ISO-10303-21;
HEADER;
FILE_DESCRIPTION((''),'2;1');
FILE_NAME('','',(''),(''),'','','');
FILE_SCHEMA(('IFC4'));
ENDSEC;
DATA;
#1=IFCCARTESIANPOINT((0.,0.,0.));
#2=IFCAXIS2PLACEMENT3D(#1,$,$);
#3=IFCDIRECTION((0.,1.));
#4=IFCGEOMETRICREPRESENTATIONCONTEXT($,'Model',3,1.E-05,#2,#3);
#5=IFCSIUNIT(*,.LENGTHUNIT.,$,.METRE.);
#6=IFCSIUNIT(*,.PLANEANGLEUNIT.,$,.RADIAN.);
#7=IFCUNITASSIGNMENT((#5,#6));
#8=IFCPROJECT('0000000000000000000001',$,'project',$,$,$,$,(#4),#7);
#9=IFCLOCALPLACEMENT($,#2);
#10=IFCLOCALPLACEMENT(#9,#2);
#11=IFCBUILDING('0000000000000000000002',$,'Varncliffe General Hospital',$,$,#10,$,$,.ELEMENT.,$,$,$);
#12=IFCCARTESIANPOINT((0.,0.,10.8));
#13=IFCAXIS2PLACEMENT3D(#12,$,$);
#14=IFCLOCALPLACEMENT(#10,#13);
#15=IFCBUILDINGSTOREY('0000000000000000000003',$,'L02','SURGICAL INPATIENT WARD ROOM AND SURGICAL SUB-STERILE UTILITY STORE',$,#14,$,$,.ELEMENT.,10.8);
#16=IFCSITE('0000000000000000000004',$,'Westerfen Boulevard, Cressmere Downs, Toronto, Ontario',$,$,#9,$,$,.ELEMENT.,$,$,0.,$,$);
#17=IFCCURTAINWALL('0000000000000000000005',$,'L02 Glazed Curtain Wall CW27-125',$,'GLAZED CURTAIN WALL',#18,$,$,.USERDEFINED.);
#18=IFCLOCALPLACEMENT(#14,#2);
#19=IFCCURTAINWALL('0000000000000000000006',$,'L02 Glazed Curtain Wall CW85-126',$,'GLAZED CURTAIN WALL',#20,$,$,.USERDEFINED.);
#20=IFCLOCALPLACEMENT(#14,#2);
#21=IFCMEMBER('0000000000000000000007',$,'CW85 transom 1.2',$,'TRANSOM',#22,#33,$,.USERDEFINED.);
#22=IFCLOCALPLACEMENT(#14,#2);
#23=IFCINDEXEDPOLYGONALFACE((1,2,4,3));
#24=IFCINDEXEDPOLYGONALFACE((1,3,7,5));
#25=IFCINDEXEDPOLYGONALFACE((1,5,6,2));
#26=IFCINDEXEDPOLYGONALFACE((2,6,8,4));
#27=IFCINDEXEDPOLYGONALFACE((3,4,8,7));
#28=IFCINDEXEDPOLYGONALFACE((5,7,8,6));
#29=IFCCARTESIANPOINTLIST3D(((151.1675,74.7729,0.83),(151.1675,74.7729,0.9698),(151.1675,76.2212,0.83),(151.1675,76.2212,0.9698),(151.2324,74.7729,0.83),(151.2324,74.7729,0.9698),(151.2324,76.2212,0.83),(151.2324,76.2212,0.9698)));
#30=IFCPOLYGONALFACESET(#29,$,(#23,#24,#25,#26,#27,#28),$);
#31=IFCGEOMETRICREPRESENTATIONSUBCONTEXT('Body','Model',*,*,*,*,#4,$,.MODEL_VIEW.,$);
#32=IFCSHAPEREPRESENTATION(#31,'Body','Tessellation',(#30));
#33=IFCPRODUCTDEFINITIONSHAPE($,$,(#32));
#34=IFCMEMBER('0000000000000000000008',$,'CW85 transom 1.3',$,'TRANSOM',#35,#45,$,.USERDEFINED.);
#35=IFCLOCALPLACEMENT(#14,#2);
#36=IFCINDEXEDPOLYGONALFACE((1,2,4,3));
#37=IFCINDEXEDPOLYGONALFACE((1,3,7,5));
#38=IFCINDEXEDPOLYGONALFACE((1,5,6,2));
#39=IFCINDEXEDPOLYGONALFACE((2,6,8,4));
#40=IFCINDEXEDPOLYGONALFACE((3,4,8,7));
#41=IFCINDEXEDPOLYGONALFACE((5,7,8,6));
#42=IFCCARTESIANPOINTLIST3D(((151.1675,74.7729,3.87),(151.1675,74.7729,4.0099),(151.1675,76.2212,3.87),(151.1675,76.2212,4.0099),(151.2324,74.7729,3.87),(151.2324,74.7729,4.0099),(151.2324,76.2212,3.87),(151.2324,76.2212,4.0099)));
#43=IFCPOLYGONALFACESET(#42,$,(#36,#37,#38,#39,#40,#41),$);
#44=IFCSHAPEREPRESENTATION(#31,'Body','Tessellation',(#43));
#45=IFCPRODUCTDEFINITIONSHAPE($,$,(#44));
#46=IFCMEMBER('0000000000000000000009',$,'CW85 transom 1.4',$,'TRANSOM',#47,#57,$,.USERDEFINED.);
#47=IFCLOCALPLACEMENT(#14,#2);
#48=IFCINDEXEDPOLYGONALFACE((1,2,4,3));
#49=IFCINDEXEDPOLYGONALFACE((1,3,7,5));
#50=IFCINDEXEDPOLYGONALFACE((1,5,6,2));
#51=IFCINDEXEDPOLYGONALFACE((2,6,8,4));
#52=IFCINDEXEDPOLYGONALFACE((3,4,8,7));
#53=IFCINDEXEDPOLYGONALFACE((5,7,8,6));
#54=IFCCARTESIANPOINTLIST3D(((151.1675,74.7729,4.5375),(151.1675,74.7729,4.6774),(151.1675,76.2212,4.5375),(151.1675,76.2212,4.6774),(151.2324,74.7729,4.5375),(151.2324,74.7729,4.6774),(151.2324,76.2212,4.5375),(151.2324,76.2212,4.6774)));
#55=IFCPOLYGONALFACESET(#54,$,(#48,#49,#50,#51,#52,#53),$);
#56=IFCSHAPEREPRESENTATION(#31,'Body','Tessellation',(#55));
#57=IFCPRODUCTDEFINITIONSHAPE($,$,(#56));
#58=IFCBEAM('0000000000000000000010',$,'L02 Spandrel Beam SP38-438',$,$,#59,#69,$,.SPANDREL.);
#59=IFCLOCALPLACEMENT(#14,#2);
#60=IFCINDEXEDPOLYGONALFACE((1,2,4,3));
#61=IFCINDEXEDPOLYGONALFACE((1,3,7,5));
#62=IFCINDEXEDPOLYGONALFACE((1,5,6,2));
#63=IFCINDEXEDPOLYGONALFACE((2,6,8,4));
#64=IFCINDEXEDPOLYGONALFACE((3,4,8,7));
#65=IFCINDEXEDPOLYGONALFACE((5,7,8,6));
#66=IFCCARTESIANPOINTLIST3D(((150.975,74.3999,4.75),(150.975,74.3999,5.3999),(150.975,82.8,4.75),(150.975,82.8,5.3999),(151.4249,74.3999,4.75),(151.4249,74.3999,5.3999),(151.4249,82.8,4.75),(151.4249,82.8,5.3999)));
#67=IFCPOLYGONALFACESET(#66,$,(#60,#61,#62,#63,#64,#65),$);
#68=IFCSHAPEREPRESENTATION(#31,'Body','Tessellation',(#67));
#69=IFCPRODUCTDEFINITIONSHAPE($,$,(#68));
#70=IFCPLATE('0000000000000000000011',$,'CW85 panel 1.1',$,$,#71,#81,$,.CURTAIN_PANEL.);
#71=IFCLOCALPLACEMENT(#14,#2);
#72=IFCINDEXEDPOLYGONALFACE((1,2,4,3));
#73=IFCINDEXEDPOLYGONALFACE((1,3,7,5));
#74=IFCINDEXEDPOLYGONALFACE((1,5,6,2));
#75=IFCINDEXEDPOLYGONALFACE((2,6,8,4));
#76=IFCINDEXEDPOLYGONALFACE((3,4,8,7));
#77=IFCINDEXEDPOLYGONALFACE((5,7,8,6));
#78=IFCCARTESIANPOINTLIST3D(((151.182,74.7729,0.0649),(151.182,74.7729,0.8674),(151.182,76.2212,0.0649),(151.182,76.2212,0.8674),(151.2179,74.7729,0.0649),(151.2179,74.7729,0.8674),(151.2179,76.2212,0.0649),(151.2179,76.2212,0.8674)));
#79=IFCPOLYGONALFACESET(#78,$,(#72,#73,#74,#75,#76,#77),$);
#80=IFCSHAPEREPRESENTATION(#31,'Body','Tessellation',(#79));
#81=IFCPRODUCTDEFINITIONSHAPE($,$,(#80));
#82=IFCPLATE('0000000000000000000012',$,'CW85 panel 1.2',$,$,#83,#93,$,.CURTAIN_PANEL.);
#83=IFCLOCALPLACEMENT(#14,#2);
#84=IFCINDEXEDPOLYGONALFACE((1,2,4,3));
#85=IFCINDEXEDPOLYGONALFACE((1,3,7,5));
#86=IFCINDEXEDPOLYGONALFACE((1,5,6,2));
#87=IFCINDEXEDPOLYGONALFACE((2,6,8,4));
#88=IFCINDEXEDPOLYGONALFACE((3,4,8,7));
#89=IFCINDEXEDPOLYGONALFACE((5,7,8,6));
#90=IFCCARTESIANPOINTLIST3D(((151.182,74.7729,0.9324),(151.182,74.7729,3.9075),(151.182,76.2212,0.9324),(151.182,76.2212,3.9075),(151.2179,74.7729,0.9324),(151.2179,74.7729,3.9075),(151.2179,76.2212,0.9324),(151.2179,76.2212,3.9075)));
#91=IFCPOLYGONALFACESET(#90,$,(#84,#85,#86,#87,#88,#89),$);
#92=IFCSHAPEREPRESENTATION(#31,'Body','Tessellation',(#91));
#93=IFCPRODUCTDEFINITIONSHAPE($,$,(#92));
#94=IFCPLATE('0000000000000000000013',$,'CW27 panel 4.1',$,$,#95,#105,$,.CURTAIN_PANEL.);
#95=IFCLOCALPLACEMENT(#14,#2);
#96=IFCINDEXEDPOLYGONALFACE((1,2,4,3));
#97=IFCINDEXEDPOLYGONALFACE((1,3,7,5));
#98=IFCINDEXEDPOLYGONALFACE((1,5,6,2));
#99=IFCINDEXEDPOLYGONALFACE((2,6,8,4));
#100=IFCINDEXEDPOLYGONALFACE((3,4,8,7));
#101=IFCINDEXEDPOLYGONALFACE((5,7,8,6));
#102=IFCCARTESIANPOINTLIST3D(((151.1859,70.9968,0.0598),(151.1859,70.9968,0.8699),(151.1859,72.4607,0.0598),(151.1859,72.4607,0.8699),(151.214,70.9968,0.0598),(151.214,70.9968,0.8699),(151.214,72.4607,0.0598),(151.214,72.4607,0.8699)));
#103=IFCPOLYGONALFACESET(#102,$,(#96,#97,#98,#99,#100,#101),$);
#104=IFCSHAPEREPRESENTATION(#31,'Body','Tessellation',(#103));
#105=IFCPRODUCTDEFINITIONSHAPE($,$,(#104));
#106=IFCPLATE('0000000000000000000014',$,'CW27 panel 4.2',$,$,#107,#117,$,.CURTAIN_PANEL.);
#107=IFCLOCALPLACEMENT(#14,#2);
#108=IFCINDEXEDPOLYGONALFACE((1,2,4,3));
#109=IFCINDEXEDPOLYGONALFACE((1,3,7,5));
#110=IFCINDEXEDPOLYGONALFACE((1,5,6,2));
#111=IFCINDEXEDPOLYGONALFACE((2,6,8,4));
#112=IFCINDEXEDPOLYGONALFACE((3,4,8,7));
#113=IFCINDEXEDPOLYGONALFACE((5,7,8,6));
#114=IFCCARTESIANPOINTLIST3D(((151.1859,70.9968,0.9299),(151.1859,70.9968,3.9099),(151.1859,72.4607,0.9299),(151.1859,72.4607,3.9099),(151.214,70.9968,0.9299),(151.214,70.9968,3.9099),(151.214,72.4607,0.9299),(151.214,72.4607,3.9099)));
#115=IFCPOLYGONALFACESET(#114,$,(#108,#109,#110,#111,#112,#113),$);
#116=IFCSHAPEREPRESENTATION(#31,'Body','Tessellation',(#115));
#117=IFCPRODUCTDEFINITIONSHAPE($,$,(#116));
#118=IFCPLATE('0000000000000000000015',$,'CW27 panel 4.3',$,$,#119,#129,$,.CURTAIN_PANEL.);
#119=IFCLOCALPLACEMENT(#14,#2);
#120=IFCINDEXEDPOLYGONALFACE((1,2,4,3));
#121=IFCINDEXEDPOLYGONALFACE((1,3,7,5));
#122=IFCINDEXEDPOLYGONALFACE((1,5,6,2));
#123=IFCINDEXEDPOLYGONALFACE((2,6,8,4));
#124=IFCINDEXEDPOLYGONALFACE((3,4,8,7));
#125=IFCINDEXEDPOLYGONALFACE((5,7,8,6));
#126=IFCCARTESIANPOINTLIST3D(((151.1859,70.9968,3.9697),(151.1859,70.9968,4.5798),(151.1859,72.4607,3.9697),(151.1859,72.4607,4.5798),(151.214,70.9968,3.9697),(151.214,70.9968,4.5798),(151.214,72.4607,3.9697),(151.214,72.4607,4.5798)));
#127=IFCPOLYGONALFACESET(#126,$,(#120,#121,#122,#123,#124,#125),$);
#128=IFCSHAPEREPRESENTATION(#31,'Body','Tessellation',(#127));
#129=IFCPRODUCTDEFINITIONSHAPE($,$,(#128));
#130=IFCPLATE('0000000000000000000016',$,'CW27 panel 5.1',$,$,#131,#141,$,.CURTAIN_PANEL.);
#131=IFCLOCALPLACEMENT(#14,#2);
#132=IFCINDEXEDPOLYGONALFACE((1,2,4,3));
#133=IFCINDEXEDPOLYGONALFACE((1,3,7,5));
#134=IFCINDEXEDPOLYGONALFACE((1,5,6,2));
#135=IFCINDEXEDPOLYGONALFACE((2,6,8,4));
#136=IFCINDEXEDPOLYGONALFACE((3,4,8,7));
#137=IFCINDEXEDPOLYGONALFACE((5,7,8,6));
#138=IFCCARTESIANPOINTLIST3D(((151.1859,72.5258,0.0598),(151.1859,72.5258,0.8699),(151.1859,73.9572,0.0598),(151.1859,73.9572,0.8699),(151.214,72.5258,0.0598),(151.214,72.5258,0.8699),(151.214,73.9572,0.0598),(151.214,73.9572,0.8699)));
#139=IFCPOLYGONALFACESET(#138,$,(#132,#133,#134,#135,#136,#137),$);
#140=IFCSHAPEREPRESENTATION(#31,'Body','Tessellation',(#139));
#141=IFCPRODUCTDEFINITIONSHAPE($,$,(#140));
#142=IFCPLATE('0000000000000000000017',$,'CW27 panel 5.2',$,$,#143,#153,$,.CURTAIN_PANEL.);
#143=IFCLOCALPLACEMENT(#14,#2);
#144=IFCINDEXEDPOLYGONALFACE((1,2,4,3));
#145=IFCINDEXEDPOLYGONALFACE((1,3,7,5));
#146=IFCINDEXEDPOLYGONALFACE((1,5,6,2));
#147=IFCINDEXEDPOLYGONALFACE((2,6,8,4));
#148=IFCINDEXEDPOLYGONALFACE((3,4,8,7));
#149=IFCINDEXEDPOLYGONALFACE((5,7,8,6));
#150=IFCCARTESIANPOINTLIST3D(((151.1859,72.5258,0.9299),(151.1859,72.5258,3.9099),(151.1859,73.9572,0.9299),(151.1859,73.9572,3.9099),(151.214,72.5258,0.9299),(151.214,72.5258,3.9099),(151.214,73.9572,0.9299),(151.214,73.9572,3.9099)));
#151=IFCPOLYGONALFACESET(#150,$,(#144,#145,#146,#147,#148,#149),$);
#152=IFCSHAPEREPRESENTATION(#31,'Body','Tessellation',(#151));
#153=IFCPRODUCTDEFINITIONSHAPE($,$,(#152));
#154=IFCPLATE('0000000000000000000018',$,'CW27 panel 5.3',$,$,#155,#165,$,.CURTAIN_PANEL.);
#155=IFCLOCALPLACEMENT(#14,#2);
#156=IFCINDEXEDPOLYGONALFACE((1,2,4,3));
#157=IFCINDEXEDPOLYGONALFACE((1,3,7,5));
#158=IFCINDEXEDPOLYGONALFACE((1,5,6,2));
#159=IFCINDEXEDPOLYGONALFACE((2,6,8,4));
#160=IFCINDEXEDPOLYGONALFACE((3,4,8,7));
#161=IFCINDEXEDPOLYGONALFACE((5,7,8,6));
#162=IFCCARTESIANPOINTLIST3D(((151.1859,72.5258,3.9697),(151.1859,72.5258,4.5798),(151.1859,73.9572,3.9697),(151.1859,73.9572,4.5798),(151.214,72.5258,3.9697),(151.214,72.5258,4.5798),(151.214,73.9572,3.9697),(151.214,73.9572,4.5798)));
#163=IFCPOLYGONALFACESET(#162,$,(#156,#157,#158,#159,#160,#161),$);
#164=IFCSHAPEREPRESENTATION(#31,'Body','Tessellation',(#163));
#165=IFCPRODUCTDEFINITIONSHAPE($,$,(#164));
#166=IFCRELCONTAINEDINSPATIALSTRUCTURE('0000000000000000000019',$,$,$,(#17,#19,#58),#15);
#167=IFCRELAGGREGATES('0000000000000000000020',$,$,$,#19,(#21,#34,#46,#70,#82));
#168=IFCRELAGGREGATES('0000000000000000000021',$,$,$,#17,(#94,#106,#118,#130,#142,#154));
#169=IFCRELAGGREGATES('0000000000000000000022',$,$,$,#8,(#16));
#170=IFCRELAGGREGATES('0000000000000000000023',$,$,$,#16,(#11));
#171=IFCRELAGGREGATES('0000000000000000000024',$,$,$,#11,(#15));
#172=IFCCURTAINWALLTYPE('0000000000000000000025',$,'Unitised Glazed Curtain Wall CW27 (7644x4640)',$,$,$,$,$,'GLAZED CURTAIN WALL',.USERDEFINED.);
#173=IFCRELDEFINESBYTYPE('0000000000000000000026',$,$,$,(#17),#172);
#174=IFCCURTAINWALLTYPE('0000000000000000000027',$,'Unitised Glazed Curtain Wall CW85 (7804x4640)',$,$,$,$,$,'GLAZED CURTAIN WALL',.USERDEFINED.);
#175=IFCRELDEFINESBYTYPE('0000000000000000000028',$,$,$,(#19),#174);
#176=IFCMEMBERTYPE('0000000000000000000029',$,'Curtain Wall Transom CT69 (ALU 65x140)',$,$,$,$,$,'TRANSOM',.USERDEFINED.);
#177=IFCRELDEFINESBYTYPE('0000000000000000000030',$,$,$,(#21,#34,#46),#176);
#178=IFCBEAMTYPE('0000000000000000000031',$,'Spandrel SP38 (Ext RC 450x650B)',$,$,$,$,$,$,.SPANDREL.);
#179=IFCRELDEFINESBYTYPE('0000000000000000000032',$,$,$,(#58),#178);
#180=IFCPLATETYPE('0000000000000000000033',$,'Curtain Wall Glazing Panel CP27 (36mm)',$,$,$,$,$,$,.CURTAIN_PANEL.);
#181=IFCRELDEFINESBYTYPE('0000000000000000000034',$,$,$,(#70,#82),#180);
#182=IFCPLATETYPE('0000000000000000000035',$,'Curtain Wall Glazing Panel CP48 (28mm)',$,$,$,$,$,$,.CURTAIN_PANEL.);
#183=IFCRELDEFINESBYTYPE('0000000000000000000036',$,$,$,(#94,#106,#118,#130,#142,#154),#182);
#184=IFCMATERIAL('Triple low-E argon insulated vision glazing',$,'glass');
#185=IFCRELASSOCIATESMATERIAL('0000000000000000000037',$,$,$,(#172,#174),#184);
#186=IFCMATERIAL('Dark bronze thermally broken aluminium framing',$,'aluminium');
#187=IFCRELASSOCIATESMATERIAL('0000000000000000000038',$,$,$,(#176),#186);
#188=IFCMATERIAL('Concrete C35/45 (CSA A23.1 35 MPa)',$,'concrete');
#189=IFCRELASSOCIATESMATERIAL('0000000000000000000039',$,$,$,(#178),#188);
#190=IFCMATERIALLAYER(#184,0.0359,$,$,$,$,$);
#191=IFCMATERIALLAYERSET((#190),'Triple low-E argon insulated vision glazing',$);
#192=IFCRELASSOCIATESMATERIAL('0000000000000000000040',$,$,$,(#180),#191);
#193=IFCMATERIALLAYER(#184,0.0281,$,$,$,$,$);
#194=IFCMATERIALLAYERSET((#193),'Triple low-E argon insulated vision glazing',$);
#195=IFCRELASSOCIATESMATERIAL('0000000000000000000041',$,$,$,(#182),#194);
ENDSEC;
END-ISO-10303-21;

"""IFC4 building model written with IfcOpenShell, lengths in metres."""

from ifc_helpers import new_model, si_unit, direction, frame, origin, origin_2d, place, context, subcontext, project, spatial, rectangle, extrude, material, layer, layer_set, material_profile, profile_set, type_object, element, aggregate, save


model = new_model("IFC4")

# Units and contexts
model_context = context("Model", 3, precision=1e-05, world=origin(), true_north=direction((0.0, 1.0)))
body_context = subcontext(model_context, "Body", "Model", "MODEL_VIEW")
ifc_project = project(units=[si_unit("LENGTHUNIT", "METRE"), si_unit("PLANEANGLEUNIT", "RADIAN")], contexts=[model_context])

# Site, building, storey
site_placement = place(None, origin())
site = spatial("IfcSite", under=ifc_project, at=site_placement, Name="Westerfen Boulevard, Cressmere Downs, Toronto, Ontario", CompositionType="ELEMENT", RefElevation=0.0)
building_placement = place(site_placement, origin())
building = spatial("IfcBuilding", under=site, at=building_placement, Name="Varncliffe General Hospital", CompositionType="ELEMENT")
storey_placement = place(building_placement, frame((0.0, 0.0, 10.8)))
storey = spatial("IfcBuildingStorey", under=building, at=storey_placement, Name="L02", Description="SURGICAL INPATIENT WARD ROOM AND SURGICAL SUB-STERILE UTILITY STORE", CompositionType="ELEMENT", Elevation=10.8)

# Shared definitions
ifc_material_1 = material(Name="Concrete C35/45 (CSA A23.1 35 MPa)", Category="concrete")

# Curtain wall
ifc_material_2 = material(Name="Triple low-E argon insulated vision glazing", Category="glass")
curtain_wall_type_1 = type_object("IfcCurtainWallType", Name="Unitised Glazed Curtain Wall CW27 (7644x4640)", ElementType="GLAZED CURTAIN WALL", PredefinedType="USERDEFINED", material=ifc_material_2)
curtain_wall_1_placement = place(storey_placement, origin())
curtain_wall_1 = element("IfcCurtainWall", 1, at=curtain_wall_1_placement, inside=storey, type_object=curtain_wall_type_1, Name="L02 Glazed Curtain Wall CW27-125", ObjectType="GLAZED CURTAIN WALL", PredefinedType="USERDEFINED")
ifc_material_3 = material(Name="Dark bronze thermally broken aluminium framing", Category="aluminium")

# Curtain wall
curtain_wall_type_2 = type_object("IfcCurtainWallType", Name="Unitised Glazed Curtain Wall CW85 (7804x4640)", ElementType="GLAZED CURTAIN WALL", PredefinedType="USERDEFINED", material=ifc_material_2)
curtain_wall_2_placement = place(storey_placement, origin())
curtain_wall_2 = element("IfcCurtainWall", 2, at=curtain_wall_2_placement, inside=storey, type_object=curtain_wall_type_2, Name="L02 Glazed Curtain Wall CW85-126", ObjectType="GLAZED CURTAIN WALL", PredefinedType="USERDEFINED")

# Members
ifc_material_profile_1 = material_profile(ifc_material_3, rectangle(XDim=0.0649, YDim=0.1399, at=origin_2d()), Name="ALU 65x140")
ifc_profile_set_1 = profile_set([ifc_material_profile_1], Name="Dark bronze thermally broken aluminium framing")
member_type_1 = type_object("IfcMemberType", Name="Curtain Wall Transom CT69 (ALU 65x140)", ElementType="TRANSOM", PredefinedType="USERDEFINED", material=ifc_profile_set_1)
member_1_placement = place(storey_placement, frame((151.2, 74.7729, 0.8999), z_axis=(0.0, 1.0, 0.0), x_axis=(-1.0, 0.0, 0.0)))
member_1 = element("IfcMember", 3, at=member_1_placement, type_object=member_type_1, Name="CW85 transom 1.2", ObjectType="TRANSOM", PredefinedType="USERDEFINED", context=body_context, shape_type="SweptSolid", body=[
    extrude(rectangle(XDim=0.0649, YDim=0.1399, at=origin_2d()), origin(), (0.0, 0.0, 1.0), 1.4482),
])
member_2_placement = place(storey_placement, frame((151.2, 74.7729, 3.9399), z_axis=(0.0, 1.0, 0.0), x_axis=(-1.0, 0.0, 0.0)))
member_2 = element("IfcMember", 4, at=member_2_placement, type_object=member_type_1, Name="CW85 transom 1.3", ObjectType="TRANSOM", PredefinedType="USERDEFINED", context=body_context, shape_type="SweptSolid", body=[
    extrude(rectangle(XDim=0.0649, YDim=0.1399, at=origin_2d()), origin(), (0.0, 0.0, 1.0), 1.4482),
])
member_3_placement = place(storey_placement, frame((151.2, 74.7729, 4.6074), z_axis=(0.0, 1.0, 0.0), x_axis=(-1.0, 0.0, 0.0)))
member_3 = element("IfcMember", 5, at=member_3_placement, type_object=member_type_1, Name="CW85 transom 1.4", ObjectType="TRANSOM", PredefinedType="USERDEFINED", context=body_context, shape_type="SweptSolid", body=[
    extrude(rectangle(XDim=0.0649, YDim=0.1399, at=origin_2d()), origin(), (0.0, 0.0, 1.0), 1.4482),
])

# Beam
ifc_material_profile_2 = material_profile(ifc_material_1, rectangle(XDim=0.45, YDim=0.6499, at=origin_2d()), Name="RC 450x650")
ifc_profile_set_2 = profile_set([ifc_material_profile_2], Name="Concrete C35/45 (CSA A23.1 35 MPa)")
beam_type_1 = type_object("IfcBeamType", Name="Spandrel SP38 (Ext RC 450x650B)", PredefinedType="SPANDREL", material=ifc_profile_set_2)
beam_1_placement = place(storey_placement, frame((151.2, 74.3999, 5.075), z_axis=(0.0, 1.0, 0.0), x_axis=(-1.0, 0.0, 0.0)))
element("IfcBeam", 6, at=beam_1_placement, inside=storey, type_object=beam_type_1, Name="L02 Spandrel Beam SP38-438", PredefinedType="SPANDREL", context=body_context, shape_type="SweptSolid", body=[
    extrude(rectangle(XDim=0.45, YDim=0.6499, at=origin_2d()), origin(), (0.0, 0.0, 1.0), 8.4001),
])

# Plates
ifc_layer_1 = layer(ifc_material_2, 0.0359)
ifc_layer_set_1 = layer_set([ifc_layer_1], Name="Triple low-E argon insulated vision glazing")
plate_type_1 = type_object("IfcPlateType", Name="Curtain Wall Glazing Panel CP27 (36mm)", PredefinedType="CURTAIN_PANEL", material=ifc_layer_set_1)
plate_1_placement = place(storey_placement, frame((151.2, 75.4971, 0.0649), z_axis=(0.0, 0.0, 1.0), x_axis=(0.0, 1.0, 0.0)))
plate_1 = element("IfcPlate", 7, at=plate_1_placement, type_object=plate_type_1, Name="CW85 panel 1.1", PredefinedType="CURTAIN_PANEL", context=body_context, shape_type="SweptSolid", body=[
    extrude(rectangle(XDim=1.4482, YDim=0.0359, at=origin_2d()), origin(), (0.0, 0.0, 1.0), 0.8025),
])
plate_2_placement = place(storey_placement, frame((151.2, 75.4971, 0.9324), z_axis=(0.0, 0.0, 1.0), x_axis=(0.0, 1.0, 0.0)))
plate_2 = element("IfcPlate", 8, at=plate_2_placement, type_object=plate_type_1, Name="CW85 panel 1.2", PredefinedType="CURTAIN_PANEL", context=body_context, shape_type="SweptSolid", body=[
    extrude(rectangle(XDim=1.4482, YDim=0.0359, at=origin_2d()), origin(), (0.0, 0.0, 1.0), 2.9751),
])
aggregate(curtain_wall_2, [member_1, member_2, member_3, plate_1, plate_2])
ifc_layer_2 = layer(ifc_material_2, 0.0281)
ifc_layer_set_2 = layer_set([ifc_layer_2], Name="Triple low-E argon insulated vision glazing")
plate_type_2 = type_object("IfcPlateType", Name="Curtain Wall Glazing Panel CP48 (28mm)", PredefinedType="CURTAIN_PANEL", material=ifc_layer_set_2)
plate_3_placement = place(storey_placement, frame((151.2, 71.7288, 0.0598), z_axis=(0.0, 0.0, 1.0), x_axis=(0.0, 1.0, 0.0)))
plate_3 = element("IfcPlate", 9, at=plate_3_placement, type_object=plate_type_2, Name="CW27 panel 4.1", PredefinedType="CURTAIN_PANEL", context=body_context, shape_type="SweptSolid", body=[
    extrude(rectangle(XDim=1.4639, YDim=0.0281, at=origin_2d()), origin(), (0.0, 0.0, 1.0), 0.8101),
])
plate_4_placement = place(storey_placement, frame((151.2, 71.7288, 0.9299), z_axis=(0.0, 0.0, 1.0), x_axis=(0.0, 1.0, 0.0)))
plate_4 = element("IfcPlate", 10, at=plate_4_placement, type_object=plate_type_2, Name="CW27 panel 4.2", PredefinedType="CURTAIN_PANEL", context=body_context, shape_type="SweptSolid", body=[
    extrude(rectangle(XDim=1.4639, YDim=0.0281, at=origin_2d()), origin(), (0.0, 0.0, 1.0), 2.98),
])
plate_5_placement = place(storey_placement, frame((151.2, 71.7288, 3.9697), z_axis=(0.0, 0.0, 1.0), x_axis=(0.0, 1.0, 0.0)))
plate_5 = element("IfcPlate", 11, at=plate_5_placement, type_object=plate_type_2, Name="CW27 panel 4.3", PredefinedType="CURTAIN_PANEL", context=body_context, shape_type="SweptSolid", body=[
    extrude(rectangle(XDim=1.4639, YDim=0.0281, at=origin_2d()), origin(), (0.0, 0.0, 1.0), 0.6101),
])
plate_6_placement = place(storey_placement, frame((151.2, 73.2415, 0.0598), z_axis=(0.0, 0.0, 1.0), x_axis=(0.0, 1.0, 0.0)))
plate_6 = element("IfcPlate", 12, at=plate_6_placement, type_object=plate_type_2, Name="CW27 panel 5.1", PredefinedType="CURTAIN_PANEL", context=body_context, shape_type="SweptSolid", body=[
    extrude(rectangle(XDim=1.4314, YDim=0.0281, at=origin_2d()), origin(), (0.0, 0.0, 1.0), 0.8101),
])
plate_7_placement = place(storey_placement, frame((151.2, 73.2415, 0.9299), z_axis=(0.0, 0.0, 1.0), x_axis=(0.0, 1.0, 0.0)))
plate_7 = element("IfcPlate", 13, at=plate_7_placement, type_object=plate_type_2, Name="CW27 panel 5.2", PredefinedType="CURTAIN_PANEL", context=body_context, shape_type="SweptSolid", body=[
    extrude(rectangle(XDim=1.4314, YDim=0.0281, at=origin_2d()), origin(), (0.0, 0.0, 1.0), 2.98),
])
plate_8_placement = place(storey_placement, frame((151.2, 73.2415, 3.9697), z_axis=(0.0, 0.0, 1.0), x_axis=(0.0, 1.0, 0.0)))
plate_8 = element("IfcPlate", 14, at=plate_8_placement, type_object=plate_type_2, Name="CW27 panel 5.3", PredefinedType="CURTAIN_PANEL", context=body_context, shape_type="SweptSolid", body=[
    extrude(rectangle(XDim=1.4314, YDim=0.0281, at=origin_2d()), origin(), (0.0, 0.0, 1.0), 0.6101),
])
aggregate(curtain_wall_1, [plate_3, plate_4, plate_5, plate_6, plate_7, plate_8])

save(model, "model.ifc")
